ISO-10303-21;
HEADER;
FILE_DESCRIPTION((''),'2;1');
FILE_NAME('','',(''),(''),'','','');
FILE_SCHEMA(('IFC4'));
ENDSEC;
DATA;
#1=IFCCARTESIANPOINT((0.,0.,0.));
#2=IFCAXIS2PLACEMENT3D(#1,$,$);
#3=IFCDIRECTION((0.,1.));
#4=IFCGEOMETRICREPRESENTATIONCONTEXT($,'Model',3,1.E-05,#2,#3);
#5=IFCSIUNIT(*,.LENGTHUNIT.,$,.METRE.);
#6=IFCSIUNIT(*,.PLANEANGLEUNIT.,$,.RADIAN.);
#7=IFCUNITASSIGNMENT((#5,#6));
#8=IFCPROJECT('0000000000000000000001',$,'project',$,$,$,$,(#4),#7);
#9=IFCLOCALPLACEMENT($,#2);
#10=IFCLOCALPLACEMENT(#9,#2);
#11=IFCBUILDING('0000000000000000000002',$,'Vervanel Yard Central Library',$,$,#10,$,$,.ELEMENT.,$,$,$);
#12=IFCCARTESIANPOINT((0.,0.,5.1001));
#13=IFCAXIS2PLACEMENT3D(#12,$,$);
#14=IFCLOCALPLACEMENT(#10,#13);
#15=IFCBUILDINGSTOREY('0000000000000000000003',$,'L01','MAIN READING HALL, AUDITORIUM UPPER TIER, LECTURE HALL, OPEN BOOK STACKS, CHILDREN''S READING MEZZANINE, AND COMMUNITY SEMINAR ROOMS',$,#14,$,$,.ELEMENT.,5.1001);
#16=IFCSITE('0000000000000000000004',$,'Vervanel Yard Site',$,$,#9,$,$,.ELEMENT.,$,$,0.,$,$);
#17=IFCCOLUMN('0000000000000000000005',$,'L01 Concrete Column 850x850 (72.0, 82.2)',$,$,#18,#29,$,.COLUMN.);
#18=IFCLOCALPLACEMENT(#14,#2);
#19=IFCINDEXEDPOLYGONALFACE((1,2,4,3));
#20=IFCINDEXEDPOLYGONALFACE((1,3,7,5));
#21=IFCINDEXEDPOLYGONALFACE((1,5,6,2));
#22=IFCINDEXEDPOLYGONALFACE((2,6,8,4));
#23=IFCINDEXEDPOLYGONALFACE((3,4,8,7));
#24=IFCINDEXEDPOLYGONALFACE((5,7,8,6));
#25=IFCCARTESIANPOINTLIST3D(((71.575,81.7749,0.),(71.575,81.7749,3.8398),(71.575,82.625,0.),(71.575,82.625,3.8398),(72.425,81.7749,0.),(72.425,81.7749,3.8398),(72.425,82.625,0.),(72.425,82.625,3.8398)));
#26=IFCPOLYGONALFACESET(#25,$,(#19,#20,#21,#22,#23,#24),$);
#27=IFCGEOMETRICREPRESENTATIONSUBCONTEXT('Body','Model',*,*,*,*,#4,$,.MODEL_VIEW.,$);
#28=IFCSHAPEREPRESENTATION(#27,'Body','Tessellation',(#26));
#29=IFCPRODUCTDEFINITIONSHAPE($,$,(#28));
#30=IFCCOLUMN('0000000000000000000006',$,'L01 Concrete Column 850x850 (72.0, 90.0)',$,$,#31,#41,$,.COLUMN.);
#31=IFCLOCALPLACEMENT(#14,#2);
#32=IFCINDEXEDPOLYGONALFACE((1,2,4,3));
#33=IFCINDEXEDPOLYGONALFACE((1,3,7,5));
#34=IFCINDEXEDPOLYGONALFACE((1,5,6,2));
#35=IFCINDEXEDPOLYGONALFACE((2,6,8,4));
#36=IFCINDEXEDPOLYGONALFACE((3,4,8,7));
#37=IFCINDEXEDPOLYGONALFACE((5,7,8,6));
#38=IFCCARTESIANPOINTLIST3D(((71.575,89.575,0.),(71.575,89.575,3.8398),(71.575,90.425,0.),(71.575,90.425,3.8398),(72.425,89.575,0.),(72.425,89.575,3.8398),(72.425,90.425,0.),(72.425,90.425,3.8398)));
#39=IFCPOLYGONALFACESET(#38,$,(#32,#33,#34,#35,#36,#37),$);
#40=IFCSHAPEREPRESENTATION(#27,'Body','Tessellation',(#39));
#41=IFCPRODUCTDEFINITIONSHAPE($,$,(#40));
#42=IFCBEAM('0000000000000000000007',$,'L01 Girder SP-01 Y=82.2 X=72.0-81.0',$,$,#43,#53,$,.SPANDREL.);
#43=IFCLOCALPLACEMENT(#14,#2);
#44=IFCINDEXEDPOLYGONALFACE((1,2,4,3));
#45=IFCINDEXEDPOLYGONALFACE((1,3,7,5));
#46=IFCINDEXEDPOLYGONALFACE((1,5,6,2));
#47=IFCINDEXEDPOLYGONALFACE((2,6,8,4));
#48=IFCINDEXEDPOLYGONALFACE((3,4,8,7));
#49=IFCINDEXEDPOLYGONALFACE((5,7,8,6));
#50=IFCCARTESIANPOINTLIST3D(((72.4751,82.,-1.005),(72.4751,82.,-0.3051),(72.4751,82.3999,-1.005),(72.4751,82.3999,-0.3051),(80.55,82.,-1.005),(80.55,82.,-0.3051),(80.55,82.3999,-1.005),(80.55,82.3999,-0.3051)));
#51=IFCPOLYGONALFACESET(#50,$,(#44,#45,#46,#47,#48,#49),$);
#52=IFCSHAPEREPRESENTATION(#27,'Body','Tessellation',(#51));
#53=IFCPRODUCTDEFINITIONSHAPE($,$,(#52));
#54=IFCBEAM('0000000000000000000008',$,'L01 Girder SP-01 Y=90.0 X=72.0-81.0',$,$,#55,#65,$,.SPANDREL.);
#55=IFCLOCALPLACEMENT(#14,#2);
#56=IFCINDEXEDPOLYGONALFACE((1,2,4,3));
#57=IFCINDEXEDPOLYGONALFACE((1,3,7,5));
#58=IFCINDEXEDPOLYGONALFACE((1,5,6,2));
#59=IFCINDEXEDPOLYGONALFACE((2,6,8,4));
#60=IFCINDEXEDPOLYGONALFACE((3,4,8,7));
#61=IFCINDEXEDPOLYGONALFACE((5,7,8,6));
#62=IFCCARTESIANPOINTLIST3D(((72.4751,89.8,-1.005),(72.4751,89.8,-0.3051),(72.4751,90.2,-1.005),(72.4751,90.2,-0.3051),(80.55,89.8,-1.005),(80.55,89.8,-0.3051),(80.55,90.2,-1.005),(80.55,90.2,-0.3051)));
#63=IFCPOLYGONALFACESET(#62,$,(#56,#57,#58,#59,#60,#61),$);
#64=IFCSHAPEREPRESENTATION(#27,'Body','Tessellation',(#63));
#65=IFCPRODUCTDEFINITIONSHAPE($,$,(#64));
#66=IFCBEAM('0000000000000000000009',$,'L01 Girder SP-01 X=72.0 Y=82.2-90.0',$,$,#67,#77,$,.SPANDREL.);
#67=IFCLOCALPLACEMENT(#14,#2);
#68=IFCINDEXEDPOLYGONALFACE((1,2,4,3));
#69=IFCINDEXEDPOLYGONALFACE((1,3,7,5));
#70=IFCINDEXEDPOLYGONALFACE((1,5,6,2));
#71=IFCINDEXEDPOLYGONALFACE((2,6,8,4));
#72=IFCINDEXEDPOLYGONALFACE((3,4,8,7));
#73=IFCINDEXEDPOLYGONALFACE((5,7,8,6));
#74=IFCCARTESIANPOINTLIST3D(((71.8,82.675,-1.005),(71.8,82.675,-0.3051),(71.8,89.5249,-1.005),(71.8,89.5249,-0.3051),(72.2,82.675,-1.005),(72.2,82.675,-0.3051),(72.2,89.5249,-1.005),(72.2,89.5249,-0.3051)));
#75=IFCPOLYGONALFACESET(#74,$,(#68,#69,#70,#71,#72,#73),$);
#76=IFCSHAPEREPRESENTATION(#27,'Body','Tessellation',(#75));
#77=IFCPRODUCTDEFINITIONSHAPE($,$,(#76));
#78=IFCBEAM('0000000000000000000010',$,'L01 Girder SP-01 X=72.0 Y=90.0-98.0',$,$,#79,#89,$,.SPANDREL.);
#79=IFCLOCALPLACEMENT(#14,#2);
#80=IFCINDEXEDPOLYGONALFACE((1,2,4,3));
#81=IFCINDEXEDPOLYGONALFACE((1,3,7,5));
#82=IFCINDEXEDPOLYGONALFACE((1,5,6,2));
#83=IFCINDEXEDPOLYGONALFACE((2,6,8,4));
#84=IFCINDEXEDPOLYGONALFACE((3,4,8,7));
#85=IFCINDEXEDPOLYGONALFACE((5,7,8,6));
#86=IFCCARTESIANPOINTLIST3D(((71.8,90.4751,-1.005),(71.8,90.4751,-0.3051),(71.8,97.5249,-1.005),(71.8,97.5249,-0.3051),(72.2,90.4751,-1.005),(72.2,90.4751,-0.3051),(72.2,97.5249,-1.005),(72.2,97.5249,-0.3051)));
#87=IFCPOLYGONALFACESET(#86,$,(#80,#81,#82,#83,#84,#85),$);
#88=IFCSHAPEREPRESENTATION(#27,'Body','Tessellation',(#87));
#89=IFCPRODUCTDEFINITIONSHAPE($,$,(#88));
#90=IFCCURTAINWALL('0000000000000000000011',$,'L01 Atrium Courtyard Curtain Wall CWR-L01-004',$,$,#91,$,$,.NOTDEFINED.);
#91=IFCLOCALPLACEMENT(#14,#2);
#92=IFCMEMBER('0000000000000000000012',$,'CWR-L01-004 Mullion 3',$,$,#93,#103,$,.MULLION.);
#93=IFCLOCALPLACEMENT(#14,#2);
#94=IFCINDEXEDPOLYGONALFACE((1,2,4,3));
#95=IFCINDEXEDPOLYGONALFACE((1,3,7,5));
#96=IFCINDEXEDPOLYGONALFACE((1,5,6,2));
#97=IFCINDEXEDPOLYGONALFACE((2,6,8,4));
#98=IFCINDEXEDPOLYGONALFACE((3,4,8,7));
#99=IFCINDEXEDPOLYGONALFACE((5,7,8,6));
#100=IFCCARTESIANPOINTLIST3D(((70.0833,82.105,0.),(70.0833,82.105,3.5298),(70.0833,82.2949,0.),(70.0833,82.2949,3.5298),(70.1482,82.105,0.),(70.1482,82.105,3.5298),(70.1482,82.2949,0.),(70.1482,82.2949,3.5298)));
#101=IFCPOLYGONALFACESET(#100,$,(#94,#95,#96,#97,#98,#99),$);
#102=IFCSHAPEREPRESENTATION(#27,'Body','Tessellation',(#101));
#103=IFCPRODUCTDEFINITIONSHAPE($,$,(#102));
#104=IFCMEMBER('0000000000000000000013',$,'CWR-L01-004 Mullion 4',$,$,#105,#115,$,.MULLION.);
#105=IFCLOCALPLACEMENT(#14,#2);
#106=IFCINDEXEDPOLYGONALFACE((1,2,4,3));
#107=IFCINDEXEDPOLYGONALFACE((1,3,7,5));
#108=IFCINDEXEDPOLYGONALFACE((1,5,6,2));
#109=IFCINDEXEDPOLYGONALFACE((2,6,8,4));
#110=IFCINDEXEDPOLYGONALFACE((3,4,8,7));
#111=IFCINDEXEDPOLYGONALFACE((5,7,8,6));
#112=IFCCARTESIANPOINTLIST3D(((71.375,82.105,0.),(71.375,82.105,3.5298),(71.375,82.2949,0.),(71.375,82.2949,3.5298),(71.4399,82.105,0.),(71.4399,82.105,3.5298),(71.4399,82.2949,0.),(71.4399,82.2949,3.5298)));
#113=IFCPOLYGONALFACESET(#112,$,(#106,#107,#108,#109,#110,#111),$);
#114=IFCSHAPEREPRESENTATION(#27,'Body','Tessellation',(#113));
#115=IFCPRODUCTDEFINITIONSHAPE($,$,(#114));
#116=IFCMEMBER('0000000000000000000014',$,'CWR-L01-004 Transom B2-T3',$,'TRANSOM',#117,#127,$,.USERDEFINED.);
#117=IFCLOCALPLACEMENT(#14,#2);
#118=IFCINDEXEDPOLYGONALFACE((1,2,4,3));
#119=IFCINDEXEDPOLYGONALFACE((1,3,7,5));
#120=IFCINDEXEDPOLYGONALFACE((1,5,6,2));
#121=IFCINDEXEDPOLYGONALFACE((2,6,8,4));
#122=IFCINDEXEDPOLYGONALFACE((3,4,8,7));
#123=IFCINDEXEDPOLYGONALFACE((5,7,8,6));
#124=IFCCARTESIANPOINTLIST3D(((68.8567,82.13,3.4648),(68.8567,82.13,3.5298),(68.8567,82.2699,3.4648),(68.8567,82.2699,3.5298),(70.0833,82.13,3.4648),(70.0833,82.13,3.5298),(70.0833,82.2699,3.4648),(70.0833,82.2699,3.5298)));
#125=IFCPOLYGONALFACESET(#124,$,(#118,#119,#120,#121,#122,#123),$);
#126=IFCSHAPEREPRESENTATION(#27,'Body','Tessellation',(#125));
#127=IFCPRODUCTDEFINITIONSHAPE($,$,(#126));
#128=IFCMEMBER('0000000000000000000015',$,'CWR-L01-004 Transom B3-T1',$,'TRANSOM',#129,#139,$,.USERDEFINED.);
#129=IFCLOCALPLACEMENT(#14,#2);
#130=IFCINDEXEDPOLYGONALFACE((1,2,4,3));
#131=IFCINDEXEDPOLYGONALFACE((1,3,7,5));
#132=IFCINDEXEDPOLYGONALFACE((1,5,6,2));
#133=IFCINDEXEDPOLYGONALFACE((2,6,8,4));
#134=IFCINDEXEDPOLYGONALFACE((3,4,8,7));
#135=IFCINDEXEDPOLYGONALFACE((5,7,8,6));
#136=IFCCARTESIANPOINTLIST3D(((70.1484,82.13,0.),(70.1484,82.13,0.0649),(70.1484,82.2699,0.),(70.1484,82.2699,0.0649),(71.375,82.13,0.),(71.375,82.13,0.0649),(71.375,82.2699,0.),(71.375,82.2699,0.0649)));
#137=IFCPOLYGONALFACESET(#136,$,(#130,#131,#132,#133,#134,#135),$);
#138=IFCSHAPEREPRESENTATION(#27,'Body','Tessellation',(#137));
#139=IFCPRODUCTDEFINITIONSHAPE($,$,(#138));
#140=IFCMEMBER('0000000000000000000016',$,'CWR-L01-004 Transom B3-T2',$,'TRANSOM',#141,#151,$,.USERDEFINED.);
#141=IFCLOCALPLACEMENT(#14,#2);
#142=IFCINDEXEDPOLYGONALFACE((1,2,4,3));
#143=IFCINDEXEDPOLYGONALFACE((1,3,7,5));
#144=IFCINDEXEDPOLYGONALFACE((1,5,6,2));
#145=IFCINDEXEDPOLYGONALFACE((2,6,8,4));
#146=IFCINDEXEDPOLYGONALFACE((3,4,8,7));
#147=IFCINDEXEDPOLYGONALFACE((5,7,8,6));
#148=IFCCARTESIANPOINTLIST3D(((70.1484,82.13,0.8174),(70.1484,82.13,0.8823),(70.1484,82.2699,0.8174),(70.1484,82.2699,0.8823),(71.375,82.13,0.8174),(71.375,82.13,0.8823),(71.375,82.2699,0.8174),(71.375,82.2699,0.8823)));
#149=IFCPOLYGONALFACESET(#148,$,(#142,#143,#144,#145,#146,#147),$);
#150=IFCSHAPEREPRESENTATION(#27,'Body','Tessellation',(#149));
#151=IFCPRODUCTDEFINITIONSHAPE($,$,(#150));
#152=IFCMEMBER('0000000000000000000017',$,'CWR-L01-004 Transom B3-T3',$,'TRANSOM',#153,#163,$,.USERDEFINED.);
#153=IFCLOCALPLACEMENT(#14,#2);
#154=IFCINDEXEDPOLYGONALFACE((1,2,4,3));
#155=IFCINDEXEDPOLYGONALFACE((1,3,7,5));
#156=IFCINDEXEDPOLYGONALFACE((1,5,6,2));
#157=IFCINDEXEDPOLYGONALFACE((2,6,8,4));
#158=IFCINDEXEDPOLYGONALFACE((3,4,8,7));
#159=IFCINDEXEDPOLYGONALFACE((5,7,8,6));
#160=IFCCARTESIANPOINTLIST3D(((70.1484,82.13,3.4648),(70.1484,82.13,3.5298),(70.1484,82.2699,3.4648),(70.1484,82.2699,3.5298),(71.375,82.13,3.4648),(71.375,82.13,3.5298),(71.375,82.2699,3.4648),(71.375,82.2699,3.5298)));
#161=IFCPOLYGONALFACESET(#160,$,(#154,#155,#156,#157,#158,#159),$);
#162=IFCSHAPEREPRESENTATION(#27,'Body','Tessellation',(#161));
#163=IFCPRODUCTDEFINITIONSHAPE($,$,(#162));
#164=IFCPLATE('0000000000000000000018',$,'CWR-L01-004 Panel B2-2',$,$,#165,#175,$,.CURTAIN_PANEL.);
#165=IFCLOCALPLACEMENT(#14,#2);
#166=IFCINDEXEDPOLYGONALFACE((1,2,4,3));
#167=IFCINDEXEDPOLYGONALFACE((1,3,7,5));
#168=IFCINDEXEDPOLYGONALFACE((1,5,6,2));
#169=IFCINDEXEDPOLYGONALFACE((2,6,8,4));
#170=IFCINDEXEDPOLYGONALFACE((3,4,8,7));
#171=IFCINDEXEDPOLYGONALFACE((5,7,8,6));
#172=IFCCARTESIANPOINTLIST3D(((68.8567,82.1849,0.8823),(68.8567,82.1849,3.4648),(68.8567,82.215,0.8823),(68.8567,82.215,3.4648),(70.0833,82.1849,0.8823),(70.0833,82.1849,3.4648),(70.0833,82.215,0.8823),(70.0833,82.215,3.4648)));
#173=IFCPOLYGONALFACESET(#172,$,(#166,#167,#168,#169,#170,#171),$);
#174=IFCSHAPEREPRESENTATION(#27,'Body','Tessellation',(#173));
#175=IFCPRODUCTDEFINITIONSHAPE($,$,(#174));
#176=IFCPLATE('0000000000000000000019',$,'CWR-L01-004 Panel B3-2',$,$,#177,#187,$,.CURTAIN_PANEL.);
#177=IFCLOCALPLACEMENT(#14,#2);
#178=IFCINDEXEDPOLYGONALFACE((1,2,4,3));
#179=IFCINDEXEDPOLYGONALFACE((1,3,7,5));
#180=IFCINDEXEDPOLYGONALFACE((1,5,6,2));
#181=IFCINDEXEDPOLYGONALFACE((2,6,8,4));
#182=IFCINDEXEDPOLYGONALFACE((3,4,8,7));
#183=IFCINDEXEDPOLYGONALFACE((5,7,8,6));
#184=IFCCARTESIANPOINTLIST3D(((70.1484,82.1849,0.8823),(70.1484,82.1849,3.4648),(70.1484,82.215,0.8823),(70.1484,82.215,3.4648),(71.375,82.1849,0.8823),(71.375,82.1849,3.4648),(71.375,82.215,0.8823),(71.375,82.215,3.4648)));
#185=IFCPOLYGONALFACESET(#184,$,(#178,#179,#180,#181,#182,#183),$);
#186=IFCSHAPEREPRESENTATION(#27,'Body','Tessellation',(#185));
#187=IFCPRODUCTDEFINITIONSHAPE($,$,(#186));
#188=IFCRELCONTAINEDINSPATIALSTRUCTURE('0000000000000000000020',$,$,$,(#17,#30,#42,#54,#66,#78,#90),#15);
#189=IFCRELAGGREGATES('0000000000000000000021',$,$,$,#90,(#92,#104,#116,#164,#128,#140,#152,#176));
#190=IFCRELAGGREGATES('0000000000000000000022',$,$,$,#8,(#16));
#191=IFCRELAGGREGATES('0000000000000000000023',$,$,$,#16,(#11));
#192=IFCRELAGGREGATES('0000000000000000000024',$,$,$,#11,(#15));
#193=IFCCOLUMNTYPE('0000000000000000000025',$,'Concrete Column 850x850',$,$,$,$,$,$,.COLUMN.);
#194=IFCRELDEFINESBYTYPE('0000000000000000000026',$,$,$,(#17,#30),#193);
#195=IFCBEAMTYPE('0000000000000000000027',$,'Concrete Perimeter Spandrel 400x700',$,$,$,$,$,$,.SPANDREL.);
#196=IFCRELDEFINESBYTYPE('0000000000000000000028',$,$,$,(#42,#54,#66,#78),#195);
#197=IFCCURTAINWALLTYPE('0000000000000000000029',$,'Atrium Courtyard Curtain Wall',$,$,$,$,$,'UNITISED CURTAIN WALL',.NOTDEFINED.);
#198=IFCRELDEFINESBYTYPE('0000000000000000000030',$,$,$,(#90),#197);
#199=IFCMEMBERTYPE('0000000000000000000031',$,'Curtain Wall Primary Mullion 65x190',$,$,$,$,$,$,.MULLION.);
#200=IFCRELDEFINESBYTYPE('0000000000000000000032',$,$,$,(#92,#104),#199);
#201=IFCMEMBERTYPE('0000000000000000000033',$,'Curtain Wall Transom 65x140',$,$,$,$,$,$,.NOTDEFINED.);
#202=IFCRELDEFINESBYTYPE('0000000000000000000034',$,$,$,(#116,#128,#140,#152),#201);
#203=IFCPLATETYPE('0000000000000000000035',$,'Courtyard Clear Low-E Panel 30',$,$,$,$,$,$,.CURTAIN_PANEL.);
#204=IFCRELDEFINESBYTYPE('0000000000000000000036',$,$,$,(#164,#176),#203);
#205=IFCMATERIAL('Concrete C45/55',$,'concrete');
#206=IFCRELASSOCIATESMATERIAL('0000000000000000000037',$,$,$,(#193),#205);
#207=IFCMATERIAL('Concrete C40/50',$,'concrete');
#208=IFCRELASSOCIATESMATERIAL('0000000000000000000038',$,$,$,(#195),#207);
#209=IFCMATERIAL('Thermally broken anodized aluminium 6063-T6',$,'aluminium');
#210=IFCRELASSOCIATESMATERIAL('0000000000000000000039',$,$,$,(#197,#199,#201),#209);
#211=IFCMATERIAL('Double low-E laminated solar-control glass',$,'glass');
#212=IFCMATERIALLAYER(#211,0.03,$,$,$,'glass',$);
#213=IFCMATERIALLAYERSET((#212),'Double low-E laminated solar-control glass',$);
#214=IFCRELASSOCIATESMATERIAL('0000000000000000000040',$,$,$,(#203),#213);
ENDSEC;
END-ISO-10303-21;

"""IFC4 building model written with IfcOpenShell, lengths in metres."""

from ifc_helpers import new_model, si_unit, direction, frame, origin, origin_2d, place, context, subcontext, project, spatial, rectangle, extrude, material, layer, layer_set, material_profile, profile_set, type_object, element, aggregate, save


model = new_model("IFC4")

# Units and contexts
model_context = context("Model", 3, precision=1e-05, world=origin(), true_north=direction((0.0, 1.0)))
body_context = subcontext(model_context, "Body", "Model", "MODEL_VIEW")
ifc_project = project(units=[si_unit("LENGTHUNIT", "METRE"), si_unit("PLANEANGLEUNIT", "RADIAN")], contexts=[model_context])

# Site, building, storey
site_placement = place(None, origin())
site = spatial("IfcSite", under=ifc_project, at=site_placement, Name="Vervanel Yard Site", CompositionType="ELEMENT", RefElevation=0.0)
building_placement = place(site_placement, origin())
building = spatial("IfcBuilding", under=site, at=building_placement, Name="Vervanel Yard Central Library", CompositionType="ELEMENT")
storey_placement = place(building_placement, frame((0.0, 0.0, 5.1001)))
storey = spatial("IfcBuildingStorey", under=building, at=storey_placement, Name="L01", Description="MAIN READING HALL, AUDITORIUM UPPER TIER, LECTURE HALL, OPEN BOOK STACKS, CHILDREN'S READING MEZZANINE, AND COMMUNITY SEMINAR ROOMS", CompositionType="ELEMENT", Elevation=5.1001)

# Columns
ifc_material_1 = material(Name="Concrete C45/55", Category="concrete")
ifc_material_profile_1 = material_profile(ifc_material_1, rectangle(XDim=0.8501, YDim=0.8501, at=origin_2d()), Name="RC 850x850", Category="concrete")
ifc_profile_set_1 = profile_set([ifc_material_profile_1], Name="Concrete C45/55")
column_type = type_object("IfcColumnType", Name="Concrete Column 850x850", PredefinedType="COLUMN", material=ifc_profile_set_1)
for number, where, z_axis, x_axis, name in (
    (1, (72.0, 82.2, 0.0), (0.0, 0.0, 1.0), (1.0, 0.0, 0.0), "L01 Concrete Column 850x850 (72.0, 82.2)"),
    (2, (72.0, 90.0, 0.0), (0.0, 0.0, 1.0), (1.0, 0.0, 0.0), "L01 Concrete Column 850x850 (72.0, 90.0)"),
):
    element("IfcColumn", number, at=place(storey_placement, frame(where, z_axis=z_axis, x_axis=x_axis)), inside=storey, type_object=column_type, Name=name, PredefinedType="COLUMN", context=body_context, shape_type="SweptSolid", body=[
        extrude(rectangle(XDim=0.8501, YDim=0.8501, at=origin_2d()), origin(), (0.0, 0.0, 1.0), 3.8398),
    ])

# Beams
ifc_material_2 = material(Name="Concrete C40/50", Category="concrete")
ifc_material_profile_2 = material_profile(ifc_material_2, rectangle(XDim=0.3999, YDim=0.7, at=origin_2d()), Name="RC 400x700", Category="concrete")
ifc_profile_set_2 = profile_set([ifc_material_profile_2], Name="Concrete C40/50")
beam_type = type_object("IfcBeamType", Name="Concrete Perimeter Spandrel 400x700", PredefinedType="SPANDREL", material=ifc_profile_set_2)
for number, where, z_axis, x_axis, name in (
    (3, (72.4751, 82.2, -0.655), (1.0, 0.0, 0.0), (0.0, 1.0, 0.0), "L01 Girder SP-01 Y=82.2 X=72.0-81.0"),
    (4, (72.4751, 90.0, -0.655), (1.0, 0.0, 0.0), (0.0, 1.0, 0.0), "L01 Girder SP-01 Y=90.0 X=72.0-81.0"),
):
    element("IfcBeam", number, at=place(storey_placement, frame(where, z_axis=z_axis, x_axis=x_axis)), inside=storey, type_object=beam_type, Name=name, PredefinedType="SPANDREL", context=body_context, shape_type="SweptSolid", body=[
        extrude(rectangle(XDim=0.3999, YDim=0.7, at=origin_2d()), origin(), (0.0, 0.0, 1.0), 8.075),
    ])
beam_1_placement = place(storey_placement, frame((72.0, 82.675, -0.655), z_axis=(0.0, 1.0, 0.0), x_axis=(-1.0, 0.0, 0.0)))
element("IfcBeam", 5, at=beam_1_placement, inside=storey, type_object=beam_type, Name="L01 Girder SP-01 X=72.0 Y=82.2-90.0", PredefinedType="SPANDREL", context=body_context, shape_type="SweptSolid", body=[
    extrude(rectangle(XDim=0.3999, YDim=0.7, at=origin_2d()), origin(), (0.0, 0.0, 1.0), 6.8499),
])
beam_2_placement = place(storey_placement, frame((72.0, 90.4751, -0.655), z_axis=(0.0, 1.0, 0.0), x_axis=(-1.0, 0.0, 0.0)))
element("IfcBeam", 6, at=beam_2_placement, inside=storey, type_object=beam_type, Name="L01 Girder SP-01 X=72.0 Y=90.0-98.0", PredefinedType="SPANDREL", context=body_context, shape_type="SweptSolid", body=[
    extrude(rectangle(XDim=0.3999, YDim=0.7, at=origin_2d()), origin(), (0.0, 0.0, 1.0), 7.0498),
])

# Curtain wall, members, plates
ifc_material_3 = material(Name="Thermally broken anodized aluminium 6063-T6", Category="aluminium")
curtain_wall_type = type_object("IfcCurtainWallType", Name="Atrium Courtyard Curtain Wall", ElementType="UNITISED CURTAIN WALL", PredefinedType="NOTDEFINED", material=ifc_material_3)
curtain_wall_placement = place(storey_placement, origin())
curtain_wall = element("IfcCurtainWall", 7, at=curtain_wall_placement, inside=storey, type_object=curtain_wall_type, Name="L01 Atrium Courtyard Curtain Wall CWR-L01-004", PredefinedType="NOTDEFINED")
ifc_material_profile_3 = material_profile(ifc_material_3, rectangle(XDim=0.0649, YDim=0.1899, at=origin_2d()), Name="ALU 65x190", Category="aluminium")
ifc_profile_set_3 = profile_set([ifc_material_profile_3], Name="Thermally broken anodized aluminium 6063-T6")
member_type_1 = type_object("IfcMemberType", Name="Curtain Wall Primary Mullion 65x190", PredefinedType="MULLION", material=ifc_profile_set_3)
member_1_placement = place(storey_placement, frame((70.1157, 82.2, 0.0), z_axis=(0.0, 0.0, 1.0), x_axis=(1.0, 0.0, 0.0)))
member_1 = element("IfcMember", 8, at=member_1_placement, type_object=member_type_1, Name="CWR-L01-004 Mullion 3", PredefinedType="MULLION", context=body_context, shape_type="SweptSolid", body=[
    extrude(rectangle(XDim=0.0649, YDim=0.1899, at=origin_2d()), origin(), (0.0, 0.0, 1.0), 3.5298),
])
member_2_placement = place(storey_placement, frame((71.4075, 82.2, 0.0), z_axis=(0.0, 0.0, 1.0), x_axis=(1.0, 0.0, 0.0)))
member_2 = element("IfcMember", 9, at=member_2_placement, type_object=member_type_1, Name="CWR-L01-004 Mullion 4", PredefinedType="MULLION", context=body_context, shape_type="SweptSolid", body=[
    extrude(rectangle(XDim=0.0649, YDim=0.1899, at=origin_2d()), origin(), (0.0, 0.0, 1.0), 3.5298),
])
ifc_material_profile_4 = material_profile(ifc_material_3, rectangle(XDim=0.0649, YDim=0.1399, at=origin_2d()), Name="ALU 65x140", Category="aluminium")
ifc_profile_set_4 = profile_set([ifc_material_profile_4], Name="Thermally broken anodized aluminium 6063-T6")
member_type_2 = type_object("IfcMemberType", Name="Curtain Wall Transom 65x140", PredefinedType="NOTDEFINED", material=ifc_profile_set_4)
member_3_placement = place(storey_placement, frame((68.8567, 82.2, 3.4973), z_axis=(1.0, 0.0, 0.0), x_axis=(0.0, 0.0, 1.0)))
member_3 = element("IfcMember", 10, at=member_3_placement, type_object=member_type_2, Name="CWR-L01-004 Transom B2-T3", ObjectType="TRANSOM", PredefinedType="USERDEFINED", context=body_context, shape_type="SweptSolid", body=[
    extrude(rectangle(XDim=0.0649, YDim=0.1399, at=origin_2d()), origin(), (0.0, 0.0, 1.0), 1.2266),
])
member_4_placement = place(storey_placement, frame((70.1484, 82.2, 0.0325), z_axis=(1.0, 0.0, 0.0), x_axis=(0.0, 0.0, 1.0)))
member_4 = element("IfcMember", 11, at=member_4_placement, type_object=member_type_2, Name="CWR-L01-004 Transom B3-T1", ObjectType="TRANSOM", PredefinedType="USERDEFINED", context=body_context, shape_type="SweptSolid", body=[
    extrude(rectangle(XDim=0.0649, YDim=0.1399, at=origin_2d()), origin(), (0.0, 0.0, 1.0), 1.2266),
])
member_5_placement = place(storey_placement, frame((70.1484, 82.2, 0.8499), z_axis=(1.0, 0.0, 0.0), x_axis=(0.0, 0.0, 1.0)))
member_5 = element("IfcMember", 12, at=member_5_placement, type_object=member_type_2, Name="CWR-L01-004 Transom B3-T2", ObjectType="TRANSOM", PredefinedType="USERDEFINED", context=body_context, shape_type="SweptSolid", body=[
    extrude(rectangle(XDim=0.0649, YDim=0.1399, at=origin_2d()), origin(), (0.0, 0.0, 1.0), 1.2266),
])
member_6_placement = place(storey_placement, frame((70.1484, 82.2, 3.4973), z_axis=(1.0, 0.0, 0.0), x_axis=(0.0, 0.0, 1.0)))
member_6 = element("IfcMember", 13, at=member_6_placement, type_object=member_type_2, Name="CWR-L01-004 Transom B3-T3", ObjectType="TRANSOM", PredefinedType="USERDEFINED", context=body_context, shape_type="SweptSolid", body=[
    extrude(rectangle(XDim=0.0649, YDim=0.1399, at=origin_2d()), origin(), (0.0, 0.0, 1.0), 1.2266),
])
ifc_material_4 = material(Name="Double low-E laminated solar-control glass", Category="glass")
ifc_layer_1 = layer(ifc_material_4, 0.03, Category="glass")
ifc_layer_set_1 = layer_set([ifc_layer_1], Name="Double low-E laminated solar-control glass")
plate_type_1 = type_object("IfcPlateType", Name="Courtyard Clear Low-E Panel 30", PredefinedType="CURTAIN_PANEL", material=ifc_layer_set_1)
plate_1_placement = place(storey_placement, frame((69.47, 82.2, 0.8823), z_axis=(0.0, 0.0, 1.0), x_axis=(1.0, 0.0, 0.0)))
plate_1 = element("IfcPlate", 14, at=plate_1_placement, type_object=plate_type_1, Name="CWR-L01-004 Panel B2-2", PredefinedType="CURTAIN_PANEL", context=body_context, shape_type="SweptSolid", body=[
    extrude(rectangle(XDim=1.2266, YDim=0.03, at=origin_2d()), origin(), (0.0, 0.0, 1.0), 2.5825),
])
plate_2_placement = place(storey_placement, frame((70.7617, 82.2, 0.8823), z_axis=(0.0, 0.0, 1.0), x_axis=(1.0, 0.0, 0.0)))
plate_2 = element("IfcPlate", 15, at=plate_2_placement, type_object=plate_type_1, Name="CWR-L01-004 Panel B3-2", PredefinedType="CURTAIN_PANEL", context=body_context, shape_type="SweptSolid", body=[
    extrude(rectangle(XDim=1.2266, YDim=0.03, at=origin_2d()), origin(), (0.0, 0.0, 1.0), 2.5825),
])
aggregate(curtain_wall, [member_1, member_2, member_3, plate_1, member_4, member_5, member_6, plate_2])

save(model, "model.ifc")
